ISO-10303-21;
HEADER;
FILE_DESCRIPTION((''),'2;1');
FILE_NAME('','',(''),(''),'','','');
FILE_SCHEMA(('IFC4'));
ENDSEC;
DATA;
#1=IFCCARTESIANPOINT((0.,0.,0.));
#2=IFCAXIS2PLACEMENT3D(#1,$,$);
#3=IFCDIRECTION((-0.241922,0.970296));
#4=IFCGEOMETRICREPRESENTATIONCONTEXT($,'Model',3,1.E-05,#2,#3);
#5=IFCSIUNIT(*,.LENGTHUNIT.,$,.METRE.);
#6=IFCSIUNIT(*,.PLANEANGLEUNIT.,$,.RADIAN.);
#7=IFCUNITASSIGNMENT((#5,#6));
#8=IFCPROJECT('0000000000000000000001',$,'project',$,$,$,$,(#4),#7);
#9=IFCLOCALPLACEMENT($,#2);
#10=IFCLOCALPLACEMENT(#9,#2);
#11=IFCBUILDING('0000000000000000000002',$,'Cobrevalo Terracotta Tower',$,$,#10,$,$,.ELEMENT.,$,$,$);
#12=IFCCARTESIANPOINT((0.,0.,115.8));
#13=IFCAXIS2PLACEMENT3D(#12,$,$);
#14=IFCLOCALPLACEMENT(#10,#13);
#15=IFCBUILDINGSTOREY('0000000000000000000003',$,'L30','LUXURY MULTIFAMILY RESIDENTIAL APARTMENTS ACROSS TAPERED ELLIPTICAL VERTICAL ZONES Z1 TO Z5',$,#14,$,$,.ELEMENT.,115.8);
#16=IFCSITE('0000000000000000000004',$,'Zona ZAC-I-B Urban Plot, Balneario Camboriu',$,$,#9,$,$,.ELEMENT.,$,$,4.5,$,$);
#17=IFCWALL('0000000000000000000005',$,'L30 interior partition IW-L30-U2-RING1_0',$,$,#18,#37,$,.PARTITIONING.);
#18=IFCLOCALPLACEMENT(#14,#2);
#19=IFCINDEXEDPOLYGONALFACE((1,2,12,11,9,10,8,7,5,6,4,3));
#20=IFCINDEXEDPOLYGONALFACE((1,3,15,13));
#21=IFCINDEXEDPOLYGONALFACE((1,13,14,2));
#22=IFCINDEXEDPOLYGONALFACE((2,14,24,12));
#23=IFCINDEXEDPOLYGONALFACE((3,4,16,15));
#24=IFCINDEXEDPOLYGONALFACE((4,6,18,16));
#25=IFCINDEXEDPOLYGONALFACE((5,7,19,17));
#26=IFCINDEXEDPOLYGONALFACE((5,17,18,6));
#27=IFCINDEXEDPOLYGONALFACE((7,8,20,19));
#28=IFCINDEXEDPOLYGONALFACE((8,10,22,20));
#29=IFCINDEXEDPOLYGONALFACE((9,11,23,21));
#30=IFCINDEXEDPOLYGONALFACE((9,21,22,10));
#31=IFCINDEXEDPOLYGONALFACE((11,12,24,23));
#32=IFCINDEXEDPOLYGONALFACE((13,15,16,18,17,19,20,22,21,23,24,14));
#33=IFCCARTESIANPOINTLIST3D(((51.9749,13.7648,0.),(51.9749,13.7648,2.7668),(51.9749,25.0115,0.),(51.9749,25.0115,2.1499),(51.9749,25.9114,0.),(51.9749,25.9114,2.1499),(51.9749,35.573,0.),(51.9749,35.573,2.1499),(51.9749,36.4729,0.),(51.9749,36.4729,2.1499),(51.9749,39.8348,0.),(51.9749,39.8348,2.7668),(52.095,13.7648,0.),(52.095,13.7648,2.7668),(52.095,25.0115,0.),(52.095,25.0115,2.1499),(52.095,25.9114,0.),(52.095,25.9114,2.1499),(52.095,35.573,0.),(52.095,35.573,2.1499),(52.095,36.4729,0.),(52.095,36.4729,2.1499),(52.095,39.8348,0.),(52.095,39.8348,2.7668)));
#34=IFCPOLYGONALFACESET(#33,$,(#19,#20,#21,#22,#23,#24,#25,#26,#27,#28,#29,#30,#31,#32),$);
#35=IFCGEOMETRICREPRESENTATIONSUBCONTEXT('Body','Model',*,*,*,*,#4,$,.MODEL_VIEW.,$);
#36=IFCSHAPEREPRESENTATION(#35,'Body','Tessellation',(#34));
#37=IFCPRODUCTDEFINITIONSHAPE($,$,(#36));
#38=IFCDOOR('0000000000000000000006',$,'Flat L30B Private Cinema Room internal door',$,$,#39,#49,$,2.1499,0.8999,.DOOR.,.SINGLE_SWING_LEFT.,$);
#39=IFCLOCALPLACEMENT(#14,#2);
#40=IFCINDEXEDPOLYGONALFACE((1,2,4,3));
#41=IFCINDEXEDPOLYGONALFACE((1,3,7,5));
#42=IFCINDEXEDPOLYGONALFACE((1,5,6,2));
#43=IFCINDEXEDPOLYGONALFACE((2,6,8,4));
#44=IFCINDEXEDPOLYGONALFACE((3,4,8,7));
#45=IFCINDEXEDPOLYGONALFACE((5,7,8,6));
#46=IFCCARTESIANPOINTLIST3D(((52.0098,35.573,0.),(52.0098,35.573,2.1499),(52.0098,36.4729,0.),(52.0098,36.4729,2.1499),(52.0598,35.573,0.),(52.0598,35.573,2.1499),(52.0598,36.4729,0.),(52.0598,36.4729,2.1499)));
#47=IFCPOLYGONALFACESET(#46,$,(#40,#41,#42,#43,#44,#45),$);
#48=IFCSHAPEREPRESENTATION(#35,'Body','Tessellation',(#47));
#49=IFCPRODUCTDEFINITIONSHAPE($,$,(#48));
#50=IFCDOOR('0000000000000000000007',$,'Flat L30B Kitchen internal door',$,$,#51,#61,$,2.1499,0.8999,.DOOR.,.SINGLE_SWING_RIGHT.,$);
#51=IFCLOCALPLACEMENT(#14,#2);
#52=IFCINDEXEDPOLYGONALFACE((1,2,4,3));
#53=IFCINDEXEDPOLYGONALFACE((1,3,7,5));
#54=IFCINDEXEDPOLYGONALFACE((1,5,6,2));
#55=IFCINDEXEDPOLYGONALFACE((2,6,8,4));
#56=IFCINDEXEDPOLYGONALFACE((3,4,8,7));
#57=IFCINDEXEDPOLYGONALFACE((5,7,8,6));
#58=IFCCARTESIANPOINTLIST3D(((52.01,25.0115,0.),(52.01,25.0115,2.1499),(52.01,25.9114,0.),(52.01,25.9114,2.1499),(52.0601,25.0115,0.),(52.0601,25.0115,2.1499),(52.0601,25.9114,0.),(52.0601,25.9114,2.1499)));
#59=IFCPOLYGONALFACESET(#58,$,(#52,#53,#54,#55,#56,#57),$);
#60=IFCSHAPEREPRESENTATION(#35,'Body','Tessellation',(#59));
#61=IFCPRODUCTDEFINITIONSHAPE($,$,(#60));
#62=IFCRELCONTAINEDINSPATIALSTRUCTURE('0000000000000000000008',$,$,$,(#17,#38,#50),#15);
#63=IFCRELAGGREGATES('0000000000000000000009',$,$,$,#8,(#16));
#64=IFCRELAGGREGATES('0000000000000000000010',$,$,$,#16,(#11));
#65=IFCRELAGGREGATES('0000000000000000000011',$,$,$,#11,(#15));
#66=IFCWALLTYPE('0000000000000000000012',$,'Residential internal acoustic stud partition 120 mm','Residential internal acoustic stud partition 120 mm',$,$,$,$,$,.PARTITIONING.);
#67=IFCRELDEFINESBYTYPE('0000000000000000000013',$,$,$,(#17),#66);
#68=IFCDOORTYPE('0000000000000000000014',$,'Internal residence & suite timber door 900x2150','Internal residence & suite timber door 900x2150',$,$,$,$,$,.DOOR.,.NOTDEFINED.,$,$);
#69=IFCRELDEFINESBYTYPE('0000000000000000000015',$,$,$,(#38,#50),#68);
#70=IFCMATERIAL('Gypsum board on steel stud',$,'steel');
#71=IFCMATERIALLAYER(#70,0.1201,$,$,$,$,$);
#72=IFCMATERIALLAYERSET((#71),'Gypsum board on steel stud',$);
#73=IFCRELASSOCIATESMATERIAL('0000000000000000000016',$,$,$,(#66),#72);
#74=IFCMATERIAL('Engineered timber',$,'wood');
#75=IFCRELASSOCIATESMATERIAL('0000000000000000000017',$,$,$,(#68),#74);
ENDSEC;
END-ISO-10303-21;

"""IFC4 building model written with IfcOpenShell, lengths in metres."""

from ifc_helpers import new_model, si_unit, direction, frame, frame_2d, origin, place, context, subcontext, project, spatial, rectangle, extrude, source, transform, mapped, material, layer, layer_set, type_object, element, fill, save


model = new_model("IFC4")

# Units and contexts
model_context = context("Model", 3, precision=1e-05, world=origin(), true_north=direction((-0.241922, 0.970296)))
body_context = subcontext(model_context, "Body", "Model", "MODEL_VIEW")
ifc_project = project(units=[si_unit("LENGTHUNIT", "METRE"), si_unit("PLANEANGLEUNIT", "RADIAN")], contexts=[model_context])

# Site, building, storey
site_placement = place(None, origin())
site = spatial("IfcSite", under=ifc_project, at=site_placement, Name="Zona ZAC-I-B Urban Plot, Balneario Camboriu", CompositionType="ELEMENT", RefElevation=4.5)
building_placement = place(site_placement, origin())
building = spatial("IfcBuilding", under=site, at=building_placement, Name="Cobrevalo Terracotta Tower", CompositionType="ELEMENT")
storey_placement = place(building_placement, frame((0.0, 0.0, 115.8)))
storey = spatial("IfcBuildingStorey", under=building, at=storey_placement, Name="L30", Description="LUXURY MULTIFAMILY RESIDENTIAL APARTMENTS ACROSS TAPERED ELLIPTICAL VERTICAL ZONES Z1 TO Z5", CompositionType="ELEMENT", Elevation=115.8)

# Shared definitions
ifc_material_1 = material(Name="Gypsum board on steel stud", Category="steel")
ifc_layer_1 = layer(ifc_material_1, 0.1201)
ifc_layer_set_1 = layer_set([ifc_layer_1], Name="Gypsum board on steel stud")
wall_type_1 = type_object("IfcWallType", Name="Residential internal acoustic stud partition 120 mm", Description="Residential internal acoustic stud partition 120 mm", PredefinedType="PARTITIONING", material=ifc_layer_set_1)

# Wall, openings, doors
wall_1_placement = place(storey_placement, frame((52.0349, 39.835, 0.0), z_axis=(0.0, 0.0, 1.0), x_axis=(0.0, -1.0, 0.0)))
wall_1 = element("IfcWall", 1, at=wall_1_placement, inside=storey, type_object=wall_type_1, Name="L30 interior partition IW-L30-U2-RING1_0", PredefinedType="PARTITIONING", context=body_context, shape_type="SweptSolid", body=[
    extrude(rectangle(XDim=26.0701, YDim=0.1201, at=frame_2d((13.0352, 0.0))), origin(), (0.0, 0.0, 1.0), 2.7668),
])
opening_1_placement = place(wall_1_placement, frame((3.3621, 0.0, 0.0)))
opening_1 = element("IfcOpeningElement", 2, at=opening_1_placement, cuts=wall_1, PredefinedType="OPENING", context=body_context, shape_type="SweptSolid", body=[
    extrude(rectangle(XDim=0.8999, YDim=2.1499, at=frame_2d((0.45, 1.075))), frame((0.0, 0.0701, 0.0), z_axis=(0.0, -1.0, 0.0), x_axis=(1.0, 0.0, 0.0)), (0.0, 0.0, 1.0), 0.1401),
])
opening_2_placement = place(wall_1_placement, frame((13.9236, 0.0, 0.0)))
opening_2 = element("IfcOpeningElement", 3, at=opening_2_placement, cuts=wall_1, PredefinedType="OPENING", context=body_context, shape_type="SweptSolid", body=[
    extrude(rectangle(XDim=0.8999, YDim=2.1499, at=frame_2d((0.45, 1.075))), frame((0.0, 0.0701, 0.0), z_axis=(0.0, -1.0, 0.0), x_axis=(1.0, 0.0, 0.0)), (0.0, 0.0, 1.0), 0.1401),
])
ifc_material_2 = material(Name="Engineered timber", Category="wood")
door_type_1 = type_object("IfcDoorType", Name="Internal residence & suite timber door 900x2150", Description="Internal residence & suite timber door 900x2150", OperationType="NOTDEFINED", PredefinedType="DOOR", material=ifc_material_2)
shared_shape_1 = source(origin(), body_context, "Body", "SweptSolid", [
    extrude(rectangle(XDim=0.8999, YDim=2.1499, at=frame_2d((0.45, 1.075))), frame((0.0, 0.0249, 0.0), z_axis=(0.0, -1.0, 0.0), x_axis=(1.0, 0.0, 0.0)), (0.0, 0.0, 1.0), 0.05),
])
door_1_placement = place(opening_1_placement, origin())
door_1 = element("IfcDoor", 4, at=door_1_placement, inside=storey, type_object=door_type_1, Name="Flat L30B Private Cinema Room internal door", OperationType="SINGLE_SWING_LEFT", OverallHeight=2.1499, OverallWidth=0.8999, PredefinedType="DOOR", context=body_context, shape_type="MappedRepresentation", body=[
    mapped(shared_shape_1, transform((0.0, 0.0, 0.0), scale=1.0)),
])
fill(opening_1, door_1)
door_2_placement = place(opening_2_placement, frame((0.8999, 0.0, 0.0), z_axis=(0.0, 0.0, 1.0), x_axis=(-1.0, 0.0, 0.0)))
door_2 = element("IfcDoor", 5, at=door_2_placement, inside=storey, type_object=door_type_1, Name="Flat L30B Kitchen internal door", OperationType="SINGLE_SWING_RIGHT", OverallHeight=2.1499, OverallWidth=0.8999, PredefinedType="DOOR", context=body_context, shape_type="MappedRepresentation", body=[
    mapped(shared_shape_1, transform((0.0, 0.0, 0.0), scale=1.0)),
])
fill(opening_2, door_2)

save(model, "model.ifc")
